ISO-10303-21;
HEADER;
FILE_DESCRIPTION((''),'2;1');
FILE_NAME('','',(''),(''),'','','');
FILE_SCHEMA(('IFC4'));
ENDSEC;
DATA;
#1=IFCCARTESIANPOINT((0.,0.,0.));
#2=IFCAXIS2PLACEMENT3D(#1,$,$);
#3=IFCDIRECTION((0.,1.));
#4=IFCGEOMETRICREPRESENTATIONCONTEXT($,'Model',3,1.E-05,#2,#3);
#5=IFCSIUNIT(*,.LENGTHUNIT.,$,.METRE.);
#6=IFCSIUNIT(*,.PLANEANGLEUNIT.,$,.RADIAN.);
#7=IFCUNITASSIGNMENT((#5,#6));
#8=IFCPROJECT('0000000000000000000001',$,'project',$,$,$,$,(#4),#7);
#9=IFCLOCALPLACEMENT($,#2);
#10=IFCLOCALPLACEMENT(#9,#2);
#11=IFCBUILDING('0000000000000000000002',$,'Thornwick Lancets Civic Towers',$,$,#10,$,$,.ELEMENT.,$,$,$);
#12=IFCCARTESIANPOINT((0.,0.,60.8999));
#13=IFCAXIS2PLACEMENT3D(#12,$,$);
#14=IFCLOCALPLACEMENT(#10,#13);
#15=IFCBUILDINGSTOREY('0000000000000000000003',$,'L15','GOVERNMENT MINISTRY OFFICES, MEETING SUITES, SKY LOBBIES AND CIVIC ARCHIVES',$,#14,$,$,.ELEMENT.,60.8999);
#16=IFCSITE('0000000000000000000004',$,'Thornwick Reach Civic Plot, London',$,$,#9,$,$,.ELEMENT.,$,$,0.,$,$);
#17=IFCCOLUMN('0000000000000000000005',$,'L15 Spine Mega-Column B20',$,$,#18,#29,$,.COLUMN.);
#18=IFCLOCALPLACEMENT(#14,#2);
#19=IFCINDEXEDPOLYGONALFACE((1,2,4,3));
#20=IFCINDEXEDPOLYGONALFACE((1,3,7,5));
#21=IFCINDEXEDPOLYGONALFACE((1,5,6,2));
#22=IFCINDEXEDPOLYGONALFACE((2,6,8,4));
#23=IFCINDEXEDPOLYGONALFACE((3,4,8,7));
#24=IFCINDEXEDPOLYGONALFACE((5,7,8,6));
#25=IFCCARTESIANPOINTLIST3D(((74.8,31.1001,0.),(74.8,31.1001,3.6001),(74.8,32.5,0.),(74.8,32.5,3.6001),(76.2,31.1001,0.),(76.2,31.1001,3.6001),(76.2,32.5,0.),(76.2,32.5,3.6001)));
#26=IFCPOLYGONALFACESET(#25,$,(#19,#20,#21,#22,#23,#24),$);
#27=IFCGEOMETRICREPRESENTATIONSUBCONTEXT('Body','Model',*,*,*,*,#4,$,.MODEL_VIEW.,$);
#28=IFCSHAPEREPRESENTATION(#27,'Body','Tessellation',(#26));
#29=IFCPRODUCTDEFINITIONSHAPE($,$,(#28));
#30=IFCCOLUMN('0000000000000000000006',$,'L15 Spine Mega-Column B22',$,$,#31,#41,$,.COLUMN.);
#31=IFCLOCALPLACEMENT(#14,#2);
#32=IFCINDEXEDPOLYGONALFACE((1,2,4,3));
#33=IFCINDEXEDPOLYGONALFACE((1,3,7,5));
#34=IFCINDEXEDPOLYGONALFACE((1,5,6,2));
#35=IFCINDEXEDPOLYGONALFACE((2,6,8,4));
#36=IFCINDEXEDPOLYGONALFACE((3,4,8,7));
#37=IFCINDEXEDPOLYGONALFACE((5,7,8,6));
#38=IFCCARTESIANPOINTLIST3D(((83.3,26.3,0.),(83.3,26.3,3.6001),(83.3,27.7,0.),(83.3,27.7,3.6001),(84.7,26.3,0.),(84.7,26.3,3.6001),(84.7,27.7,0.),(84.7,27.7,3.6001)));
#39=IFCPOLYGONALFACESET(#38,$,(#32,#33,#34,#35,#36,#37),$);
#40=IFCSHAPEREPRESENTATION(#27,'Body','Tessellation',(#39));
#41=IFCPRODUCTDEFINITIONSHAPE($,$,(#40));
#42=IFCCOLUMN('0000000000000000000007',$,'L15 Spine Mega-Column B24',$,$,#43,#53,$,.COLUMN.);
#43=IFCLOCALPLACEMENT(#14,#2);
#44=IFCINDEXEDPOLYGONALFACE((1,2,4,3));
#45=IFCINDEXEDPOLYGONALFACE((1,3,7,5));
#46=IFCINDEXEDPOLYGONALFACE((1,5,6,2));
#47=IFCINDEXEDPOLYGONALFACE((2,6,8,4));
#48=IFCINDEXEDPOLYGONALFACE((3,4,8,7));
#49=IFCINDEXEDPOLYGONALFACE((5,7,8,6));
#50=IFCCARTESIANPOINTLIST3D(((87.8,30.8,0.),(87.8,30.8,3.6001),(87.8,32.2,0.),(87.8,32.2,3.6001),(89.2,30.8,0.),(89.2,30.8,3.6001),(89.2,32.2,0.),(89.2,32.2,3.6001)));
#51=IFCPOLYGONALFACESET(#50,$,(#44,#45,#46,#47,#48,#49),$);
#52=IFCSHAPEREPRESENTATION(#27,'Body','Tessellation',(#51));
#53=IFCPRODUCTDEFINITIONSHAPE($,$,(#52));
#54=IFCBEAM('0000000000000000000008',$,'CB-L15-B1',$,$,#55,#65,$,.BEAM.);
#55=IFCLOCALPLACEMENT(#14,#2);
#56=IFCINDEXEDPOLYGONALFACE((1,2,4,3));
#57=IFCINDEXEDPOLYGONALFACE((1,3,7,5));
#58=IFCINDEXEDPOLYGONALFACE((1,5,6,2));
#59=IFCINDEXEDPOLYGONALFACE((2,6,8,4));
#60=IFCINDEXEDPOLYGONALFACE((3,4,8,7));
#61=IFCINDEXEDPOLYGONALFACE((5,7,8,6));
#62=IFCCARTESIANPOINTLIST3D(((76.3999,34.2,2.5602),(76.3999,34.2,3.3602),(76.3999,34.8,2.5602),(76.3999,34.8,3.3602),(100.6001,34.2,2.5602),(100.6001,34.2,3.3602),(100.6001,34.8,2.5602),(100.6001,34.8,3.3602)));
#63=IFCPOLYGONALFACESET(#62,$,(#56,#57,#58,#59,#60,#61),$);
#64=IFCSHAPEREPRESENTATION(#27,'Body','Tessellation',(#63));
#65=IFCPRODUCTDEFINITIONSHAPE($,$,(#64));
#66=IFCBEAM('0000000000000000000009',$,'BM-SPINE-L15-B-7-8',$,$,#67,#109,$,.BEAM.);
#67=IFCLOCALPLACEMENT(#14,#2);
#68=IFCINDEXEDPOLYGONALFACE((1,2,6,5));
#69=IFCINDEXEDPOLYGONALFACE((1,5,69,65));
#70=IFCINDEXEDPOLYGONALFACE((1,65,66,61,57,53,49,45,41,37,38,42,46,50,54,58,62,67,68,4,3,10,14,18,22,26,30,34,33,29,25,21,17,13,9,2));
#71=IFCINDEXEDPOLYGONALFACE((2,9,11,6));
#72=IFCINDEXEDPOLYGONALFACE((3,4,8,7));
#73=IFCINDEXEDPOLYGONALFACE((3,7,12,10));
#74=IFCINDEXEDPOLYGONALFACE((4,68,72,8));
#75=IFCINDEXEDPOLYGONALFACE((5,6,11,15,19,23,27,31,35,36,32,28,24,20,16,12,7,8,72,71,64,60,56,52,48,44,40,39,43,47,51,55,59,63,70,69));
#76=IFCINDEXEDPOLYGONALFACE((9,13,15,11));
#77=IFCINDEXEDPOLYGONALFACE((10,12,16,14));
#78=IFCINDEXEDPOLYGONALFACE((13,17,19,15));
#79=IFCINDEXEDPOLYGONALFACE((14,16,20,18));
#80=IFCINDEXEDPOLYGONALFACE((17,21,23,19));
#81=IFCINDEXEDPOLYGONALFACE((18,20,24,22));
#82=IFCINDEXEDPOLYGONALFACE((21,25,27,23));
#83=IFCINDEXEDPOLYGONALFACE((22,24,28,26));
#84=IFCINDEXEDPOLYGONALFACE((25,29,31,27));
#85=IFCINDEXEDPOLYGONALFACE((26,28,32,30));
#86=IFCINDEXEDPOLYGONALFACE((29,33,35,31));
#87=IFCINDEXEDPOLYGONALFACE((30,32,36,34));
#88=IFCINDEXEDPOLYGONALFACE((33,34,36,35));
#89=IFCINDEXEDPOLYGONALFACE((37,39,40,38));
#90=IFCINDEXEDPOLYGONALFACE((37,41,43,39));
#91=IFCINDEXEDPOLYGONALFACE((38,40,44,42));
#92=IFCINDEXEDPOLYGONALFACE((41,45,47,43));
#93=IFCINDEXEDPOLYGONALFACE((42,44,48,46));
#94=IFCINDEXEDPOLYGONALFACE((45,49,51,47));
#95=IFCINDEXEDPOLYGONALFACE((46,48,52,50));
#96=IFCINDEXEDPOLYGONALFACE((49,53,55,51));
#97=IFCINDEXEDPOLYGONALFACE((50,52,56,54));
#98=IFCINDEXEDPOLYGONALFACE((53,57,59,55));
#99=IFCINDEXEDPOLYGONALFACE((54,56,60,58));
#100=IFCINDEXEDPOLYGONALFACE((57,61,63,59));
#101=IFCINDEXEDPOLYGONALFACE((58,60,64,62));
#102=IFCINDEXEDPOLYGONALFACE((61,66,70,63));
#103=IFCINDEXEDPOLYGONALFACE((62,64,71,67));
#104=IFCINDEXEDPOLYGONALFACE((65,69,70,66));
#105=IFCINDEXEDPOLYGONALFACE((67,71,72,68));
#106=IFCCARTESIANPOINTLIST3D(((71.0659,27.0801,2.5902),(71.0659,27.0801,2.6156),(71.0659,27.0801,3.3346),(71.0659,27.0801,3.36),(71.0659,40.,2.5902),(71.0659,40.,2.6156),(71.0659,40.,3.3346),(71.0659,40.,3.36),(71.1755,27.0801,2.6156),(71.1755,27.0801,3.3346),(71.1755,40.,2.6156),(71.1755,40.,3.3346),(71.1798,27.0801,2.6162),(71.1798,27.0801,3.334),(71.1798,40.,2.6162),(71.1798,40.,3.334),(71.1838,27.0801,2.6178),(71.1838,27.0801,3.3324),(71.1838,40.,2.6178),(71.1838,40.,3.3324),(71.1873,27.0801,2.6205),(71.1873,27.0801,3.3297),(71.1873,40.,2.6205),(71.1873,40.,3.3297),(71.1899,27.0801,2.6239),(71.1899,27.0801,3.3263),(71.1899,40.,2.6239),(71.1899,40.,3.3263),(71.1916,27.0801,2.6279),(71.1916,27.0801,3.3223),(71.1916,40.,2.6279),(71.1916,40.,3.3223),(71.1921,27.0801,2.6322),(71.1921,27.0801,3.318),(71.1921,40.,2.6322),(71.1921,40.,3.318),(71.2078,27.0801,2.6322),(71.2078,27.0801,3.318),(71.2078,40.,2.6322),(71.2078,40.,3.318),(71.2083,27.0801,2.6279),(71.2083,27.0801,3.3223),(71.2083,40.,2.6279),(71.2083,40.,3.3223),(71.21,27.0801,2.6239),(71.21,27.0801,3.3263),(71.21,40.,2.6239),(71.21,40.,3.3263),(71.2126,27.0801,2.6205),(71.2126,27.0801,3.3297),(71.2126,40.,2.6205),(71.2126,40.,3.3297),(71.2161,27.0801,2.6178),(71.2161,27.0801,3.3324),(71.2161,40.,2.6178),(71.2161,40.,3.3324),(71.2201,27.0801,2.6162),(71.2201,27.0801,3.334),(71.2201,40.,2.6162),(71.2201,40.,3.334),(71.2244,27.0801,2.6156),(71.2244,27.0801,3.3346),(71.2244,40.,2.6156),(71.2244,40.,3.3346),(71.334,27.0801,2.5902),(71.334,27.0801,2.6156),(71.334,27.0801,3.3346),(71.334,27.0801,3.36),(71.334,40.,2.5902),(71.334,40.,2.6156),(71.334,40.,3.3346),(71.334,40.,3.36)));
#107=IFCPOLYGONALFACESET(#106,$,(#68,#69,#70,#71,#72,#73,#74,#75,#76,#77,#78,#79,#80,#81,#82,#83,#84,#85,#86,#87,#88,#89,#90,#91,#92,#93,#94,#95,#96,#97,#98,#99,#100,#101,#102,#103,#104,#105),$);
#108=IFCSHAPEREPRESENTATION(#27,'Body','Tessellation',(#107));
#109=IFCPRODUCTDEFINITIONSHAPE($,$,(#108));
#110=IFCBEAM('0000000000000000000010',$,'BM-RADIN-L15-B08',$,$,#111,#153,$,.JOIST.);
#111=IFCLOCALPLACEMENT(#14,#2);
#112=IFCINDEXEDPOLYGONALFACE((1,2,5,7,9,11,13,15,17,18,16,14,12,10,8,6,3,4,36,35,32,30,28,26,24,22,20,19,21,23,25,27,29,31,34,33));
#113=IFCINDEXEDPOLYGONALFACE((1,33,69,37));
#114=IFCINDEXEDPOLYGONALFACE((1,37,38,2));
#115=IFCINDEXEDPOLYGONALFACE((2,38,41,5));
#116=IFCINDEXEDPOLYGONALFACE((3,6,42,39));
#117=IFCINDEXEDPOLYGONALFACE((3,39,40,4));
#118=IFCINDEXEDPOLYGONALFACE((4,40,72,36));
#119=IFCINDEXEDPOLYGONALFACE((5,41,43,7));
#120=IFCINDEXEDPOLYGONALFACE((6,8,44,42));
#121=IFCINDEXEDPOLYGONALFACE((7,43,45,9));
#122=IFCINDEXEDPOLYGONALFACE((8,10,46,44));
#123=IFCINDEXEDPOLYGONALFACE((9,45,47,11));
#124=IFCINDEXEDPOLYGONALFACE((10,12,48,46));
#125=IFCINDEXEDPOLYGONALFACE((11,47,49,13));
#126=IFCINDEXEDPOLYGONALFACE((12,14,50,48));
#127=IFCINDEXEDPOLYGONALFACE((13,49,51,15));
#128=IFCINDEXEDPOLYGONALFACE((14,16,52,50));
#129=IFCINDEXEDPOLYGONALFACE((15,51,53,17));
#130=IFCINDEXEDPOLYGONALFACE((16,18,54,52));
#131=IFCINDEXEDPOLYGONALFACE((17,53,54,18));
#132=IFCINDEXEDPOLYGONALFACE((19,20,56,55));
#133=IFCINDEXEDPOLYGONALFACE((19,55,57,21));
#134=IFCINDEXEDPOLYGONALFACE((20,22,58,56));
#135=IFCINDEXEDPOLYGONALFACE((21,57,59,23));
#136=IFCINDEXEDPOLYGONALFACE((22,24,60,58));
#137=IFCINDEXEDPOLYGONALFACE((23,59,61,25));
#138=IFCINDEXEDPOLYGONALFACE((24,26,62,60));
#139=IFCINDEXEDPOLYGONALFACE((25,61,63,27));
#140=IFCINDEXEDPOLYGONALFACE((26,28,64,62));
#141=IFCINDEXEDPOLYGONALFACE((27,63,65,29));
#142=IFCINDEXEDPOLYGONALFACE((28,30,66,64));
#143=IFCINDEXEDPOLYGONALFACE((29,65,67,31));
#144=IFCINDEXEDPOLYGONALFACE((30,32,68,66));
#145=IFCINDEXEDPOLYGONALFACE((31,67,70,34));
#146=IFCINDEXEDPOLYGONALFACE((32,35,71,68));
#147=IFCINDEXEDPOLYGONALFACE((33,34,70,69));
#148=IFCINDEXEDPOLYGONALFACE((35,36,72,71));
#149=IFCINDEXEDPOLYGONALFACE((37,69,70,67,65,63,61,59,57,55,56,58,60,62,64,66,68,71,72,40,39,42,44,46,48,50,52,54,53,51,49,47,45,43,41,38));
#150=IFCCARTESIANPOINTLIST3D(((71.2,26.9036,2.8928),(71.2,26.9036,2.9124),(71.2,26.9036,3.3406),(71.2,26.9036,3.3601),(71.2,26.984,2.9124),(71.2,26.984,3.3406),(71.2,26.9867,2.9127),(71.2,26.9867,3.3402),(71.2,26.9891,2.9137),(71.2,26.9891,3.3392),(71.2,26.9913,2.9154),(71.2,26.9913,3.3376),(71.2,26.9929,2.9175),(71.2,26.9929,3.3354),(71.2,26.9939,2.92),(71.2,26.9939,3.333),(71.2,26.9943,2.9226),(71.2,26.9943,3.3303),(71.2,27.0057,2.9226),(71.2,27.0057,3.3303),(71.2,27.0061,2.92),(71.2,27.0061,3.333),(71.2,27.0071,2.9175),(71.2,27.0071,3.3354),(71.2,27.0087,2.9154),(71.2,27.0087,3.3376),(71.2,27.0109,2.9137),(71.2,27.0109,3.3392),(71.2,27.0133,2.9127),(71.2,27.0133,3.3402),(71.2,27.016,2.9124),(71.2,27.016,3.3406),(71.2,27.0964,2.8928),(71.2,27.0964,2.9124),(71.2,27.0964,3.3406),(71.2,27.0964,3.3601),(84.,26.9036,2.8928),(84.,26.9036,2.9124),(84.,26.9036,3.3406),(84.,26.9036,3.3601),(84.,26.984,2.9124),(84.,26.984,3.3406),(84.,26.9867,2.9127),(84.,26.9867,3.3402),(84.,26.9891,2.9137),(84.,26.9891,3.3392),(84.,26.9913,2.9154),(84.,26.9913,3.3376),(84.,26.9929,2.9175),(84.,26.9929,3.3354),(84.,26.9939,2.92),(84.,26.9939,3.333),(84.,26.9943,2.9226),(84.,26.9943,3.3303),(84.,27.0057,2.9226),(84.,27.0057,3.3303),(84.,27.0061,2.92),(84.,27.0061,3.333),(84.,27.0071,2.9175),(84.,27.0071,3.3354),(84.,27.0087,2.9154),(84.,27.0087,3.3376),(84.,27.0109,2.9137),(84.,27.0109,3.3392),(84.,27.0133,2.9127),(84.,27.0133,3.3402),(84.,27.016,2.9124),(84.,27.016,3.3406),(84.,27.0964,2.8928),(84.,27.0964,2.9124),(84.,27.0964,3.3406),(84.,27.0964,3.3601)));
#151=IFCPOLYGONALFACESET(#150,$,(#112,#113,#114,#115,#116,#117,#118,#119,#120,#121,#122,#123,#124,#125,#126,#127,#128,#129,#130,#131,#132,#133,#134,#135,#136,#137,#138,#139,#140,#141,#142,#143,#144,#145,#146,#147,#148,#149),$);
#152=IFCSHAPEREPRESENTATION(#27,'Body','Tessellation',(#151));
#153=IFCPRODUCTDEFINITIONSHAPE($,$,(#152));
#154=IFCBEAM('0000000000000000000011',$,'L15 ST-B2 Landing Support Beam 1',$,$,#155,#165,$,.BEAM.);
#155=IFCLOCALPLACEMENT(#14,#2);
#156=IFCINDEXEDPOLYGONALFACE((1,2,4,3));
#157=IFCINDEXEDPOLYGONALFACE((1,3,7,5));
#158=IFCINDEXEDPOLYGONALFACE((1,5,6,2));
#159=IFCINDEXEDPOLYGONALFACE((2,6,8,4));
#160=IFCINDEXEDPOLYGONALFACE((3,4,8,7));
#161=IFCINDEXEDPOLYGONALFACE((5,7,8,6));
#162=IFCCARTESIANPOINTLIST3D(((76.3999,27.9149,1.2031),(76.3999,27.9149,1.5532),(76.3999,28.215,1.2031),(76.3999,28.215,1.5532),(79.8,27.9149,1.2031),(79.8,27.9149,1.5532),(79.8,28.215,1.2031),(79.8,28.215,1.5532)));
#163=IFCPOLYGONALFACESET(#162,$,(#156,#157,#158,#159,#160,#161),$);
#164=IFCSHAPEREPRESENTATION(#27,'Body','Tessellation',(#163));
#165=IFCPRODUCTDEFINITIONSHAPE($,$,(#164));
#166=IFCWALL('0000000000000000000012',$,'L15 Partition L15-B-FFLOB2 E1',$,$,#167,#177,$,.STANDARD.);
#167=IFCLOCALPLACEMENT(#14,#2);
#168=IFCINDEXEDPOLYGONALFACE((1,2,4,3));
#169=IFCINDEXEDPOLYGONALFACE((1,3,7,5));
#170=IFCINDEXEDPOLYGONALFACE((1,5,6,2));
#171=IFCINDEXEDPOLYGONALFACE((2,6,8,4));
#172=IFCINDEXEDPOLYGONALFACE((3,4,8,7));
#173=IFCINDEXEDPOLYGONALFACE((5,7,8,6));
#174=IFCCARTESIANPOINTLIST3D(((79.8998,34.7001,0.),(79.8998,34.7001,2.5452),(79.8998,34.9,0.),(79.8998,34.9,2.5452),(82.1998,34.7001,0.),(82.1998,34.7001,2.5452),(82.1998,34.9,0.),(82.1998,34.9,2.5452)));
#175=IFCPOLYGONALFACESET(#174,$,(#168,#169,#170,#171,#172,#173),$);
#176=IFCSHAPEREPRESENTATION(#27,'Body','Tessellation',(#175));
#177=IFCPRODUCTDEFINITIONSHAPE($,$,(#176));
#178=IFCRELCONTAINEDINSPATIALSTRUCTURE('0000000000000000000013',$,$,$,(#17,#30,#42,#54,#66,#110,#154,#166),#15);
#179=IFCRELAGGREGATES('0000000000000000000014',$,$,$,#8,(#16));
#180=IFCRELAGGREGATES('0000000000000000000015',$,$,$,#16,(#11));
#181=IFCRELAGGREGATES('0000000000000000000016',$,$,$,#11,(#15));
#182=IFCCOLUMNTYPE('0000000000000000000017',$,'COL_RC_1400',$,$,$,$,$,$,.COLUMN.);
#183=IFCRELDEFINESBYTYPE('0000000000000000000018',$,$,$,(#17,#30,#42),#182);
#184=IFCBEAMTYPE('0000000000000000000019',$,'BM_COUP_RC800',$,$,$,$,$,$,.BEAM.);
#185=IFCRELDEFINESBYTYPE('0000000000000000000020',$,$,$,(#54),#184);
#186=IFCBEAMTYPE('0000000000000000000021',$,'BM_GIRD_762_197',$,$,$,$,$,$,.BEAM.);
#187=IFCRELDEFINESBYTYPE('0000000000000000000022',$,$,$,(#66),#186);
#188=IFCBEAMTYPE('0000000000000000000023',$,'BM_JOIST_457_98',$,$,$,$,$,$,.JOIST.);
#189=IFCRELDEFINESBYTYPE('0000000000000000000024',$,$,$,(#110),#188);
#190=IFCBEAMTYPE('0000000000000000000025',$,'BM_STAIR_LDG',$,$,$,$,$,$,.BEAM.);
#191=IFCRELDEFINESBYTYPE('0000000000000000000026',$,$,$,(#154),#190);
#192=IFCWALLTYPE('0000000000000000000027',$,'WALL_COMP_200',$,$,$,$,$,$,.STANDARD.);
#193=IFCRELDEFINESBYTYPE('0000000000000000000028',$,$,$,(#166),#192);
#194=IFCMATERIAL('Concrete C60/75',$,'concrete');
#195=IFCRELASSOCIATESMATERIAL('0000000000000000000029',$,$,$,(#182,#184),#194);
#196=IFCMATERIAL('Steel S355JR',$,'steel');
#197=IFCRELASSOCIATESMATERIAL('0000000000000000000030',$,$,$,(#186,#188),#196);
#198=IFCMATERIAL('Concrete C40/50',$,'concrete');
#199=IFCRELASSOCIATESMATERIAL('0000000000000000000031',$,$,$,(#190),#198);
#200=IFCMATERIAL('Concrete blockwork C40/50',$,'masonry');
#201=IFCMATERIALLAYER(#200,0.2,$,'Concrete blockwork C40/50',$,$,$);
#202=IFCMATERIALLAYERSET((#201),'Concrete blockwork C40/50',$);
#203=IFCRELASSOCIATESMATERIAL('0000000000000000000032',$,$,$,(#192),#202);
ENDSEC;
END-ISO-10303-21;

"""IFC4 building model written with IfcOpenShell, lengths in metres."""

from ifc_helpers import new_model, si_unit, direction, frame, frame_2d, origin, origin_2d, place, context, subcontext, project, spatial, rectangle, i_section, extrude, material, layer, layer_set, material_profile, profile_set, type_object, element, save


model = new_model("IFC4")

# Units and contexts
model_context = context("Model", 3, precision=1e-05, world=origin(), true_north=direction((0.0, 1.0)))
body_context = subcontext(model_context, "Body", "Model", "MODEL_VIEW")
ifc_project = project(units=[si_unit("LENGTHUNIT", "METRE"), si_unit("PLANEANGLEUNIT", "RADIAN")], contexts=[model_context])

# Site, building, storey
site_placement = place(None, origin())
site = spatial("IfcSite", under=ifc_project, at=site_placement, Name="Thornwick Reach Civic Plot, London", CompositionType="ELEMENT", RefElevation=0.0)
building_placement = place(site_placement, origin())
building = spatial("IfcBuilding", under=site, at=building_placement, Name="Thornwick Lancets Civic Towers", CompositionType="ELEMENT")
storey_placement = place(building_placement, frame((0.0, 0.0, 60.8999)))
storey = spatial("IfcBuildingStorey", under=building, at=storey_placement, Name="L15", Description="GOVERNMENT MINISTRY OFFICES, MEETING SUITES, SKY LOBBIES AND CIVIC ARCHIVES", CompositionType="ELEMENT", Elevation=60.8999)

# Columns
ifc_material_1 = material(Name="Concrete C60/75", Category="concrete")
ifc_material_profile_1 = material_profile(ifc_material_1, rectangle(XDim=1.3999, YDim=1.3999, at=origin_2d()), Name="RC 1400x1400")
ifc_profile_set_1 = profile_set([ifc_material_profile_1], Name="Concrete C60/75")
column_type = type_object("IfcColumnType", Name="COL_RC_1400", PredefinedType="COLUMN", material=ifc_profile_set_1)
for number, where, z_axis, x_axis, name in (
    (1, (75.5, 31.8, 0.0), (0.0, 0.0, 1.0), (1.0, 0.0, 0.0), "L15 Spine Mega-Column B20"),
    (2, (84.0, 27.0, 0.0), (0.0, 0.0, 1.0), (1.0, 0.0, 0.0), "L15 Spine Mega-Column B22"),
    (3, (88.5, 31.5, 0.0), (0.0, 0.0, 1.0), (1.0, 0.0, 0.0), "L15 Spine Mega-Column B24"),
):
    element("IfcColumn", number, at=place(storey_placement, frame(where, z_axis=z_axis, x_axis=x_axis)), inside=storey, type_object=column_type, Name=name, PredefinedType="COLUMN", context=body_context, shape_type="SweptSolid", body=[
        extrude(rectangle(XDim=1.3999, YDim=1.3999, at=origin_2d()), origin(), (0.0, 0.0, 1.0), 3.6001),
    ])

# Beams
ifc_material_profile_2 = material_profile(ifc_material_1, rectangle(XDim=0.6001, YDim=0.8, at=origin_2d()), Name="RC 600x800")
ifc_profile_set_2 = profile_set([ifc_material_profile_2], Name="Concrete C60/75")
beam_type_1 = type_object("IfcBeamType", Name="BM_COUP_RC800", PredefinedType="BEAM", material=ifc_profile_set_2)
beam_1_placement = place(storey_placement, frame((76.3999, 34.5, 2.9602), z_axis=(1.0, 0.0, 0.0), x_axis=(0.0, 1.0, 0.0)))
element("IfcBeam", 4, at=beam_1_placement, inside=storey, type_object=beam_type_1, Name="CB-L15-B1", PredefinedType="BEAM", context=body_context, shape_type="SweptSolid", body=[
    extrude(rectangle(XDim=0.6001, YDim=0.8, at=origin_2d()), origin(), (0.0, 0.0, 1.0), 24.2002),
])
ifc_material_2 = material(Name="Steel S355JR", Category="steel")
ifc_material_profile_3 = material_profile(ifc_material_2, i_section(OverallWidth=0.2681, OverallDepth=0.7698, WebThickness=0.0156, FlangeThickness=0.0254, FilletRadius=0.0166, at=origin_2d()), Name="UKB 762x267x197")
ifc_profile_set_3 = profile_set([ifc_material_profile_3], Name="Steel S355JR")
beam_type_2 = type_object("IfcBeamType", Name="BM_GIRD_762_197", PredefinedType="BEAM", material=ifc_profile_set_3)
beam_2_placement = place(storey_placement, frame((71.2, 27.0801, 2.9751), z_axis=(0.0, 1.0, 0.0), x_axis=(-1.0, 0.0, 0.0)))
element("IfcBeam", 5, at=beam_2_placement, inside=storey, type_object=beam_type_2, Name="BM-SPINE-L15-B-7-8", PredefinedType="BEAM", context=body_context, shape_type="SweptSolid", body=[
    extrude(i_section(OverallWidth=0.2681, OverallDepth=0.7698, WebThickness=0.0156, FlangeThickness=0.0254, FilletRadius=0.0166, at=origin_2d()), origin(), (0.0, 0.0, 1.0), 12.9199),
])
ifc_material_profile_4 = material_profile(ifc_material_2, i_section(OverallWidth=0.1929, OverallDepth=0.4673, WebThickness=0.0115, FlangeThickness=0.0195, FilletRadius=0.0103, at=origin_2d()), Name="UKB 457x191x98")
ifc_profile_set_4 = profile_set([ifc_material_profile_4], Name="Steel S355JR")
beam_type_3 = type_object("IfcBeamType", Name="BM_JOIST_457_98", PredefinedType="JOIST", material=ifc_profile_set_4)
beam_3_placement = place(storey_placement, frame((84.0, 27.0, 3.1265), z_axis=(-1.0, 0.0, 0.0), x_axis=(0.0, -1.0, 0.0)))
element("IfcBeam", 6, at=beam_3_placement, inside=storey, type_object=beam_type_3, Name="BM-RADIN-L15-B08", PredefinedType="JOIST", context=body_context, shape_type="SweptSolid", body=[
    extrude(i_section(OverallWidth=0.1929, OverallDepth=0.4673, WebThickness=0.0115, FlangeThickness=0.0195, FilletRadius=0.0103, at=origin_2d()), origin(), (0.0, 0.0, 1.0), 12.8),
])
ifc_material_3 = material(Name="Concrete C40/50", Category="concrete")
ifc_material_profile_5 = material_profile(ifc_material_3, rectangle(XDim=0.3, YDim=0.3501, at=origin_2d()), Name="RC 300x350")
ifc_profile_set_5 = profile_set([ifc_material_profile_5], Name="Concrete C40/50")
beam_type_4 = type_object("IfcBeamType", Name="BM_STAIR_LDG", PredefinedType="BEAM", material=ifc_profile_set_5)
beam_4_placement = place(storey_placement, frame((76.3999, 28.0649, 1.3782), z_axis=(1.0, 0.0, 0.0), x_axis=(0.0, 1.0, 0.0)))
element("IfcBeam", 7, at=beam_4_placement, inside=storey, type_object=beam_type_4, Name="L15 ST-B2 Landing Support Beam 1", PredefinedType="BEAM", context=body_context, shape_type="SweptSolid", body=[
    extrude(rectangle(XDim=0.3, YDim=0.3501, at=origin_2d()), origin(), (0.0, 0.0, 1.0), 3.4001),
])

# Wall
ifc_material_4 = material(Name="Concrete blockwork C40/50", Category="masonry")
ifc_layer_1 = layer(ifc_material_4, 0.2, Name="Concrete blockwork C40/50")
ifc_layer_set_1 = layer_set([ifc_layer_1], Name="Concrete blockwork C40/50")
wall_type_1 = type_object("IfcWallType", Name="WALL_COMP_200", PredefinedType="STANDARD", material=ifc_layer_set_1)
wall_1_placement = place(storey_placement, frame((79.8999, 34.8, 0.0), z_axis=(0.0, 0.0, 1.0), x_axis=(1.0, 0.0, 0.0)))
element("IfcWall", 8, at=wall_1_placement, inside=storey, type_object=wall_type_1, Name="L15 Partition L15-B-FFLOB2 E1", PredefinedType="STANDARD", context=body_context, shape_type="SweptSolid", body=[
    extrude(rectangle(XDim=2.3, YDim=0.2, at=frame_2d((1.1499, 0.0))), origin(), (0.0, 0.0, 1.0), 2.5452),
])

save(model, "model.ifc")
